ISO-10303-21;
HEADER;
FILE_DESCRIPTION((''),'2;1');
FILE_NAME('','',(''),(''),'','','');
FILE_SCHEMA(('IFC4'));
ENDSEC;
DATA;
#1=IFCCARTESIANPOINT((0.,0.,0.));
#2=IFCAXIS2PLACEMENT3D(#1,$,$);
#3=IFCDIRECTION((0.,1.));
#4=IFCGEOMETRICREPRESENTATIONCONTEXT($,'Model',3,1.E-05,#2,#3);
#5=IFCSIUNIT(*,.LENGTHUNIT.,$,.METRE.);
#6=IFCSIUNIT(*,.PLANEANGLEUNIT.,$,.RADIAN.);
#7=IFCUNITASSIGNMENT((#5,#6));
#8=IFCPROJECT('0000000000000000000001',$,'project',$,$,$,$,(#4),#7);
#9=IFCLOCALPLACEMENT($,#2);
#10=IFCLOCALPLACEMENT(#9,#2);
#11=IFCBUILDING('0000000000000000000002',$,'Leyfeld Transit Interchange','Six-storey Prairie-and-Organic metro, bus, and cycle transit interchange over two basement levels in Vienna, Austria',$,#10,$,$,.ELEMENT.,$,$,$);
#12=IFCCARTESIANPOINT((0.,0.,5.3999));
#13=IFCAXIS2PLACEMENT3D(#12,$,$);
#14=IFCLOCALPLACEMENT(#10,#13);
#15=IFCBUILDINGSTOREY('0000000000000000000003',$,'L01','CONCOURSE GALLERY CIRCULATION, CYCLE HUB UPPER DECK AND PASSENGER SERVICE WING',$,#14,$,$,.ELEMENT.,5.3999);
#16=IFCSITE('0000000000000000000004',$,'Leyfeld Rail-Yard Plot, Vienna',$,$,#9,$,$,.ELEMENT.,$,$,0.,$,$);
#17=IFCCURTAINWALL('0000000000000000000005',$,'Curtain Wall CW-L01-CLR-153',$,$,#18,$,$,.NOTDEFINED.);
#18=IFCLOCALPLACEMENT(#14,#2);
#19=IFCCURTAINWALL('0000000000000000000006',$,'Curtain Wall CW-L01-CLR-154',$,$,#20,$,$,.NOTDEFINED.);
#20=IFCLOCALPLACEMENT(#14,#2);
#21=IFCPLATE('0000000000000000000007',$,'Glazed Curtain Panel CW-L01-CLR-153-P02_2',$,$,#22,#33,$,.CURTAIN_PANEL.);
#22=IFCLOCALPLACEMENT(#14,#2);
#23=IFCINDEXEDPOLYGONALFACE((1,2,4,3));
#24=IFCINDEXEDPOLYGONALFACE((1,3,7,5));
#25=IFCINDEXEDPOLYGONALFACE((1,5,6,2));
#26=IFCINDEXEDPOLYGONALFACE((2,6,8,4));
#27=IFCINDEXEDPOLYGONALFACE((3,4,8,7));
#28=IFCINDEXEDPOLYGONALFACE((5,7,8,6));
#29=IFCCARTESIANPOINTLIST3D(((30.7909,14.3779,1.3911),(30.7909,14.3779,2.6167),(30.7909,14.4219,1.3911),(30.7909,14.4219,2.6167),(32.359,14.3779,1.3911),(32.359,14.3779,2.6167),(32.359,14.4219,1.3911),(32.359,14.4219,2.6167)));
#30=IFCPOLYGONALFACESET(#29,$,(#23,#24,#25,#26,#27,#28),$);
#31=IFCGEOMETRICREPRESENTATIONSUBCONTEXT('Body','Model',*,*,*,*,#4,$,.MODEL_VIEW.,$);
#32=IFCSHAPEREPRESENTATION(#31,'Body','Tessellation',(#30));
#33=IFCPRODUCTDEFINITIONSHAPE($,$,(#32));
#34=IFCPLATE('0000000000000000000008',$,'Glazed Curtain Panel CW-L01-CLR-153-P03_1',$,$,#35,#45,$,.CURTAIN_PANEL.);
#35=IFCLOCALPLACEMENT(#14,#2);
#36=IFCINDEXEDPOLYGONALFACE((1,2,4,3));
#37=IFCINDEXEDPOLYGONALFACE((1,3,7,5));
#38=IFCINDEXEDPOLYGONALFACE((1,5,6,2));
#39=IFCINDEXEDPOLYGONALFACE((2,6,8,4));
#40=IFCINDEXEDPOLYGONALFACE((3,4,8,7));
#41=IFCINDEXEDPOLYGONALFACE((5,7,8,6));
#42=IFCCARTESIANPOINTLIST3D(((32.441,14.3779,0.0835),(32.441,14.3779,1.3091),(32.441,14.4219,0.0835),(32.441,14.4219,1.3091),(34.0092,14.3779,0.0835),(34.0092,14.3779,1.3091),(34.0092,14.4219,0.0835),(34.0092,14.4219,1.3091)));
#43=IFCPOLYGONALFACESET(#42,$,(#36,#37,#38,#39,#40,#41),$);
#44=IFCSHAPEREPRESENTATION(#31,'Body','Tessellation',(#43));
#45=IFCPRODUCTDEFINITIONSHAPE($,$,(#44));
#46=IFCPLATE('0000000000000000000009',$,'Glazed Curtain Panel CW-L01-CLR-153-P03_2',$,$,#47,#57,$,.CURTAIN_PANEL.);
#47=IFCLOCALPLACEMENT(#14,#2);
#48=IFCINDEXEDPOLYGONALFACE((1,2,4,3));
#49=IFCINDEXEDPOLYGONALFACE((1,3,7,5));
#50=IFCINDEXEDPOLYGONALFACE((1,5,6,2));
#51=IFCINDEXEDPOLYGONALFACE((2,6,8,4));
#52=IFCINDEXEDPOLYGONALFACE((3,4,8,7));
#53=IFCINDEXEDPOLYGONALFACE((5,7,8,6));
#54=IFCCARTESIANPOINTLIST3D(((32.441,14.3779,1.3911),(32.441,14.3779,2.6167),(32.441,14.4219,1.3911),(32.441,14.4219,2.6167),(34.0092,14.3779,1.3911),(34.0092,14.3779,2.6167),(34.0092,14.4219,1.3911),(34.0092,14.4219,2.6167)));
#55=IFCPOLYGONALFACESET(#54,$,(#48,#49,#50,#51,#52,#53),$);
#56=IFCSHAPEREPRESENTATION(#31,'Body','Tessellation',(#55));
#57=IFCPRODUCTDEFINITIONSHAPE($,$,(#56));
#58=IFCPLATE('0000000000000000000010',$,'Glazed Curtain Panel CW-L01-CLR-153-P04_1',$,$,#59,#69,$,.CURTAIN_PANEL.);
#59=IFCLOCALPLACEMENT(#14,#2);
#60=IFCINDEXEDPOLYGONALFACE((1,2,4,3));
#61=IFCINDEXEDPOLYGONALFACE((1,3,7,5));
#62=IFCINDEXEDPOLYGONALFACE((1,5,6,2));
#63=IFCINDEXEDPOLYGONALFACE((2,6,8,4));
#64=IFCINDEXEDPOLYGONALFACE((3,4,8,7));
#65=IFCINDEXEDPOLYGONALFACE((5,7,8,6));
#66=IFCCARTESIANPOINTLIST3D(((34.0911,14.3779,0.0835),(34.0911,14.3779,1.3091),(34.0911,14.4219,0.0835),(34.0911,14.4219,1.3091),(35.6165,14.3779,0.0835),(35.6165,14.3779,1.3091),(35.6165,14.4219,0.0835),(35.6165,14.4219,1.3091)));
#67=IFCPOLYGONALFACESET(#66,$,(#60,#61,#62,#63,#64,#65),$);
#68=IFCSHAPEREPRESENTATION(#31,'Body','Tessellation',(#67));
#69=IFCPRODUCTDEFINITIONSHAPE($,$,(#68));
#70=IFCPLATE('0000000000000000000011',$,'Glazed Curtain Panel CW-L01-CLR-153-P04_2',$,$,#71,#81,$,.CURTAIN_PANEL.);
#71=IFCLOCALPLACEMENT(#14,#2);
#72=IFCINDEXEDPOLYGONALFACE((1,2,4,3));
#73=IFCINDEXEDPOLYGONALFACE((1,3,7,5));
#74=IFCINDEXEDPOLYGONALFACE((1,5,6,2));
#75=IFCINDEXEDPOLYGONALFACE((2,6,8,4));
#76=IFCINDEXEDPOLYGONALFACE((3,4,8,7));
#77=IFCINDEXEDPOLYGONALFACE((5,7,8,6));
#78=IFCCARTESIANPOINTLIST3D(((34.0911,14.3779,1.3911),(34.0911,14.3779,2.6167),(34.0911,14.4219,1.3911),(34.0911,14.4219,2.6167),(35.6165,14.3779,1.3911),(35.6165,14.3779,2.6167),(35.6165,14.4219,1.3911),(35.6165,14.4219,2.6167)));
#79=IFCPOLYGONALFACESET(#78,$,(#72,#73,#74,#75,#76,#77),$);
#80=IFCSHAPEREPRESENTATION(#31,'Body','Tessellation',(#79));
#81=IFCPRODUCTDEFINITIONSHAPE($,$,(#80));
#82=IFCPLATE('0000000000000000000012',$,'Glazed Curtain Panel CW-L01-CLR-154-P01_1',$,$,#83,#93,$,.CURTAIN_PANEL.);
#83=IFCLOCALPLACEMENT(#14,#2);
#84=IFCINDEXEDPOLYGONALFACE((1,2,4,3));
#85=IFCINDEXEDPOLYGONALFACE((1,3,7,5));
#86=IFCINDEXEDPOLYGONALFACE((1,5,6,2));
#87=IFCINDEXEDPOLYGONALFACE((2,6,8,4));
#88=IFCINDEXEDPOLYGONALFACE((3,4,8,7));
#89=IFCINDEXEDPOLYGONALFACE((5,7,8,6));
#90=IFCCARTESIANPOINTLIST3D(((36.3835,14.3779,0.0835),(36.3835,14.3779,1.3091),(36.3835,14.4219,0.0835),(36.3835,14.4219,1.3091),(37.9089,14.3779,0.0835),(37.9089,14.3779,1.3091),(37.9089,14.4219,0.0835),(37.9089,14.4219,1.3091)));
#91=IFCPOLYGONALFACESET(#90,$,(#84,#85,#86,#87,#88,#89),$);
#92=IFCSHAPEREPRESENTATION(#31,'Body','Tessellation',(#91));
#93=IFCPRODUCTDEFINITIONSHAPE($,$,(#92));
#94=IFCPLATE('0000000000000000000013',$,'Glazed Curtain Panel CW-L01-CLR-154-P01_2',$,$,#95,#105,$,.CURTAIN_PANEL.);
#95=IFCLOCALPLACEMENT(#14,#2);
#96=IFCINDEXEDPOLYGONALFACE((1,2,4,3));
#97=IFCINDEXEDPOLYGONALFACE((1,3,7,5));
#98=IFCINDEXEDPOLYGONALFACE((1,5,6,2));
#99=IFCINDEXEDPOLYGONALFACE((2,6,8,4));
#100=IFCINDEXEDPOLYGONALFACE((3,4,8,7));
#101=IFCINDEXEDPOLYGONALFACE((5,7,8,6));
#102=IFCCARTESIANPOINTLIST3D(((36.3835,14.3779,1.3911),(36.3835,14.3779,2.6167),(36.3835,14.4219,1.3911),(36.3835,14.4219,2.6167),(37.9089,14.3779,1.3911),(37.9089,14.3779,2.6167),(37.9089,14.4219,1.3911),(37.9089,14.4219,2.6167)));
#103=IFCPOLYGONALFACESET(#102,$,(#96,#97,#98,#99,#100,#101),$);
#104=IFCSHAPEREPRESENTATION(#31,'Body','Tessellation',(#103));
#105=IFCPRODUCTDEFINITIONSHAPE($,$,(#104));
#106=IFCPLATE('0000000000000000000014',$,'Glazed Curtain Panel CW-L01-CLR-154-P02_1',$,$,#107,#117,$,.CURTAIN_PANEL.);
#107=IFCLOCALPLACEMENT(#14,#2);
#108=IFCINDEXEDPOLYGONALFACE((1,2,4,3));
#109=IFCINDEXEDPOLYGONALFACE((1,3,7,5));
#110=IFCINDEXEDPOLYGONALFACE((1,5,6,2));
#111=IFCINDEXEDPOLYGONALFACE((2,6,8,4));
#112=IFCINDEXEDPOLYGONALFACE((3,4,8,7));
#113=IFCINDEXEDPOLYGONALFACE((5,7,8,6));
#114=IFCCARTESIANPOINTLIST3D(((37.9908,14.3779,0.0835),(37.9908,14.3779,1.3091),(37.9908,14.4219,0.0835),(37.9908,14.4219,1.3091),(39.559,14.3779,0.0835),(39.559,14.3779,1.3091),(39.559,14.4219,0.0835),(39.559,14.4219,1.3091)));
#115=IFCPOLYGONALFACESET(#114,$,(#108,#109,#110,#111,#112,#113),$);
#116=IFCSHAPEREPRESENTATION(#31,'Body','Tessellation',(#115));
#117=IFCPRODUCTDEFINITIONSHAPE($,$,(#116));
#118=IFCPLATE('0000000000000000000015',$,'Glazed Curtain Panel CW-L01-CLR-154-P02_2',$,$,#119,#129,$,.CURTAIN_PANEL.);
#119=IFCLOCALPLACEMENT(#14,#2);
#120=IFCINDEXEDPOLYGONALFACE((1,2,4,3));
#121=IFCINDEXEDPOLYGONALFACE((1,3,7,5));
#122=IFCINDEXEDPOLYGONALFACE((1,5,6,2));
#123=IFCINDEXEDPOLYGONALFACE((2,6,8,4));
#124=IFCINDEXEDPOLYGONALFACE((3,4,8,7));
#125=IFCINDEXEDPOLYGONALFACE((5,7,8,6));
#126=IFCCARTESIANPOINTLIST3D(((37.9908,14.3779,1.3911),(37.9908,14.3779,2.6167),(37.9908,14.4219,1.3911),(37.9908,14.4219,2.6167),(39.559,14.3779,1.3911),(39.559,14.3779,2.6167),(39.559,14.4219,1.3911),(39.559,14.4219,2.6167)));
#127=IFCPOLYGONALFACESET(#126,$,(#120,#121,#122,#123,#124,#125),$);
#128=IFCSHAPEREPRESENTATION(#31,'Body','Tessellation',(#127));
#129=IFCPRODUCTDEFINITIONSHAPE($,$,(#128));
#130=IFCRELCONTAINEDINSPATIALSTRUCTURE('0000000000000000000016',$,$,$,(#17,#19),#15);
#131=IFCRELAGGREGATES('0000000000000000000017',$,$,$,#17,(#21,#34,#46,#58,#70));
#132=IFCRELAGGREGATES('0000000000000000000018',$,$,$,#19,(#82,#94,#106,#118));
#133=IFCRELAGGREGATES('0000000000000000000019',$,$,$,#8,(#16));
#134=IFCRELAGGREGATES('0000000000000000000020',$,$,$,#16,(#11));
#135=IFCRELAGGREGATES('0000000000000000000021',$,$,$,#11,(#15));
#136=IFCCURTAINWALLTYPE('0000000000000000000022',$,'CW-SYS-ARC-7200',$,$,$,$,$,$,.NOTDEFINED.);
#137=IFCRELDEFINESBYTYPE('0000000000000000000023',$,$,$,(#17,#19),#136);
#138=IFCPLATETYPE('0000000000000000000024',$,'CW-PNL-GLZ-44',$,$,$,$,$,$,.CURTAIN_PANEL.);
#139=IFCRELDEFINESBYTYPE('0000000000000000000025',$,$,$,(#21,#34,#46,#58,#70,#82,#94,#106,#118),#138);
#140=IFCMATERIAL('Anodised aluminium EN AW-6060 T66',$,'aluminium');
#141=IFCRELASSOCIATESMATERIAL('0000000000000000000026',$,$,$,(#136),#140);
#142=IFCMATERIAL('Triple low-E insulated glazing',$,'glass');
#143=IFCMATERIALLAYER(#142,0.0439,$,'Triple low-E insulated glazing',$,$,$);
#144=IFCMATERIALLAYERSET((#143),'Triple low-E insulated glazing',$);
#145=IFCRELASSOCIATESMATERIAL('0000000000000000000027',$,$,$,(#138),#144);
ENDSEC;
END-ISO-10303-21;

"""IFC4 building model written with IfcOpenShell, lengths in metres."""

from ifc_helpers import new_model, si_unit, direction, frame, origin, origin_2d, place, context, subcontext, project, spatial, rectangle, extrude, material, layer, layer_set, type_object, element, aggregate, save


model = new_model("IFC4")

# Units and contexts
model_context = context("Model", 3, precision=1e-05, world=origin(), true_north=direction((0.0, 1.0)))
body_context = subcontext(model_context, "Body", "Model", "MODEL_VIEW")
ifc_project = project(units=[si_unit("LENGTHUNIT", "METRE"), si_unit("PLANEANGLEUNIT", "RADIAN")], contexts=[model_context])

# Site, building, storey
site_placement = place(None, origin())
site = spatial("IfcSite", under=ifc_project, at=site_placement, Name="Leyfeld Rail-Yard Plot, Vienna", CompositionType="ELEMENT", RefElevation=0.0)
building_placement = place(site_placement, origin())
building = spatial("IfcBuilding", under=site, at=building_placement, Name="Leyfeld Transit Interchange", Description="Six-storey Prairie-and-Organic metro, bus, and cycle transit interchange over two basement levels in Vienna, Austria", CompositionType="ELEMENT")
storey_placement = place(building_placement, frame((0.0, 0.0, 5.3999)))
storey = spatial("IfcBuildingStorey", under=building, at=storey_placement, Name="L01", Description="CONCOURSE GALLERY CIRCULATION, CYCLE HUB UPPER DECK AND PASSENGER SERVICE WING", CompositionType="ELEMENT", Elevation=5.3999)

# Curtain walls
ifc_material_1 = material(Name="Anodised aluminium EN AW-6060 T66", Category="aluminium")
curtain_wall_type = type_object("IfcCurtainWallType", Name="CW-SYS-ARC-7200", PredefinedType="NOTDEFINED", material=ifc_material_1)
curtain_wall_1_placement = place(storey_placement, origin())
curtain_wall_1 = element("IfcCurtainWall", 1, at=curtain_wall_1_placement, inside=storey, type_object=curtain_wall_type, Name="Curtain Wall CW-L01-CLR-153", PredefinedType="NOTDEFINED")
curtain_wall_2_placement = place(storey_placement, origin())
curtain_wall_2 = element("IfcCurtainWall", 2, at=curtain_wall_2_placement, inside=storey, type_object=curtain_wall_type, Name="Curtain Wall CW-L01-CLR-154", PredefinedType="NOTDEFINED")

# Plates
ifc_material_2 = material(Name="Triple low-E insulated glazing", Category="glass")
ifc_layer = layer(ifc_material_2, 0.0439, Name="Triple low-E insulated glazing")
ifc_layer_set = layer_set([ifc_layer], Name="Triple low-E insulated glazing")
plate_type = type_object("IfcPlateType", Name="CW-PNL-GLZ-44", PredefinedType="CURTAIN_PANEL", material=ifc_layer_set)
plate_1_placement = place(storey_placement, frame((31.575, 14.3999, 1.3911), z_axis=(0.0, 0.0, 1.0), x_axis=(1.0, 0.0, 0.0)))
plate_1 = element("IfcPlate", 3, at=plate_1_placement, type_object=plate_type, Name="Glazed Curtain Panel CW-L01-CLR-153-P02_2", PredefinedType="CURTAIN_PANEL", context=body_context, shape_type="SweptSolid", body=[
    extrude(rectangle(XDim=1.5681, YDim=0.0439, at=origin_2d()), origin(), (0.0, 0.0, 1.0), 1.2256),
])
plate_2_placement = place(storey_placement, frame((33.2251, 14.3999, 0.0835), z_axis=(0.0, 0.0, 1.0), x_axis=(1.0, 0.0, 0.0)))
plate_2 = element("IfcPlate", 4, at=plate_2_placement, type_object=plate_type, Name="Glazed Curtain Panel CW-L01-CLR-153-P03_1", PredefinedType="CURTAIN_PANEL", context=body_context, shape_type="SweptSolid", body=[
    extrude(rectangle(XDim=1.5681, YDim=0.0439, at=origin_2d()), origin(), (0.0, 0.0, 1.0), 1.2256),
])
plate_3_placement = place(storey_placement, frame((33.2251, 14.3999, 1.3911), z_axis=(0.0, 0.0, 1.0), x_axis=(1.0, 0.0, 0.0)))
plate_3 = element("IfcPlate", 5, at=plate_3_placement, type_object=plate_type, Name="Glazed Curtain Panel CW-L01-CLR-153-P03_2", PredefinedType="CURTAIN_PANEL", context=body_context, shape_type="SweptSolid", body=[
    extrude(rectangle(XDim=1.5681, YDim=0.0439, at=origin_2d()), origin(), (0.0, 0.0, 1.0), 1.2256),
])
plate_4_placement = place(storey_placement, frame((34.8538, 14.3999, 0.0835), z_axis=(0.0, 0.0, 1.0), x_axis=(1.0, 0.0, 0.0)))
plate_4 = element("IfcPlate", 6, at=plate_4_placement, type_object=plate_type, Name="Glazed Curtain Panel CW-L01-CLR-153-P04_1", PredefinedType="CURTAIN_PANEL", context=body_context, shape_type="SweptSolid", body=[
    extrude(rectangle(XDim=1.5254, YDim=0.0439, at=origin_2d()), origin(), (0.0, 0.0, 1.0), 1.2256),
])
plate_5_placement = place(storey_placement, frame((34.8538, 14.3999, 1.3911), z_axis=(0.0, 0.0, 1.0), x_axis=(1.0, 0.0, 0.0)))
plate_5 = element("IfcPlate", 7, at=plate_5_placement, type_object=plate_type, Name="Glazed Curtain Panel CW-L01-CLR-153-P04_2", PredefinedType="CURTAIN_PANEL", context=body_context, shape_type="SweptSolid", body=[
    extrude(rectangle(XDim=1.5254, YDim=0.0439, at=origin_2d()), origin(), (0.0, 0.0, 1.0), 1.2256),
])
aggregate(curtain_wall_1, [plate_1, plate_2, plate_3, plate_4, plate_5])
plate_6_placement = place(storey_placement, frame((37.1462, 14.3999, 0.0835), z_axis=(0.0, 0.0, 1.0), x_axis=(1.0, 0.0, 0.0)))
plate_6 = element("IfcPlate", 8, at=plate_6_placement, type_object=plate_type, Name="Glazed Curtain Panel CW-L01-CLR-154-P01_1", PredefinedType="CURTAIN_PANEL", context=body_context, shape_type="SweptSolid", body=[
    extrude(rectangle(XDim=1.5254, YDim=0.0439, at=origin_2d()), origin(), (0.0, 0.0, 1.0), 1.2256),
])
plate_7_placement = place(storey_placement, frame((37.1462, 14.3999, 1.3911), z_axis=(0.0, 0.0, 1.0), x_axis=(1.0, 0.0, 0.0)))
plate_7 = element("IfcPlate", 9, at=plate_7_placement, type_object=plate_type, Name="Glazed Curtain Panel CW-L01-CLR-154-P01_2", PredefinedType="CURTAIN_PANEL", context=body_context, shape_type="SweptSolid", body=[
    extrude(rectangle(XDim=1.5254, YDim=0.0439, at=origin_2d()), origin(), (0.0, 0.0, 1.0), 1.2256),
])
plate_8_placement = place(storey_placement, frame((38.7749, 14.3999, 0.0835), z_axis=(0.0, 0.0, 1.0), x_axis=(1.0, 0.0, 0.0)))
plate_8 = element("IfcPlate", 10, at=plate_8_placement, type_object=plate_type, Name="Glazed Curtain Panel CW-L01-CLR-154-P02_1", PredefinedType="CURTAIN_PANEL", context=body_context, shape_type="SweptSolid", body=[
    extrude(rectangle(XDim=1.5681, YDim=0.0439, at=origin_2d()), origin(), (0.0, 0.0, 1.0), 1.2256),
])
plate_9_placement = place(storey_placement, frame((38.7749, 14.3999, 1.3911), z_axis=(0.0, 0.0, 1.0), x_axis=(1.0, 0.0, 0.0)))
plate_9 = element("IfcPlate", 11, at=plate_9_placement, type_object=plate_type, Name="Glazed Curtain Panel CW-L01-CLR-154-P02_2", PredefinedType="CURTAIN_PANEL", context=body_context, shape_type="SweptSolid", body=[
    extrude(rectangle(XDim=1.5681, YDim=0.0439, at=origin_2d()), origin(), (0.0, 0.0, 1.0), 1.2256),
])
aggregate(curtain_wall_2, [plate_6, plate_7, plate_8, plate_9])

save(model, "model.ifc")
